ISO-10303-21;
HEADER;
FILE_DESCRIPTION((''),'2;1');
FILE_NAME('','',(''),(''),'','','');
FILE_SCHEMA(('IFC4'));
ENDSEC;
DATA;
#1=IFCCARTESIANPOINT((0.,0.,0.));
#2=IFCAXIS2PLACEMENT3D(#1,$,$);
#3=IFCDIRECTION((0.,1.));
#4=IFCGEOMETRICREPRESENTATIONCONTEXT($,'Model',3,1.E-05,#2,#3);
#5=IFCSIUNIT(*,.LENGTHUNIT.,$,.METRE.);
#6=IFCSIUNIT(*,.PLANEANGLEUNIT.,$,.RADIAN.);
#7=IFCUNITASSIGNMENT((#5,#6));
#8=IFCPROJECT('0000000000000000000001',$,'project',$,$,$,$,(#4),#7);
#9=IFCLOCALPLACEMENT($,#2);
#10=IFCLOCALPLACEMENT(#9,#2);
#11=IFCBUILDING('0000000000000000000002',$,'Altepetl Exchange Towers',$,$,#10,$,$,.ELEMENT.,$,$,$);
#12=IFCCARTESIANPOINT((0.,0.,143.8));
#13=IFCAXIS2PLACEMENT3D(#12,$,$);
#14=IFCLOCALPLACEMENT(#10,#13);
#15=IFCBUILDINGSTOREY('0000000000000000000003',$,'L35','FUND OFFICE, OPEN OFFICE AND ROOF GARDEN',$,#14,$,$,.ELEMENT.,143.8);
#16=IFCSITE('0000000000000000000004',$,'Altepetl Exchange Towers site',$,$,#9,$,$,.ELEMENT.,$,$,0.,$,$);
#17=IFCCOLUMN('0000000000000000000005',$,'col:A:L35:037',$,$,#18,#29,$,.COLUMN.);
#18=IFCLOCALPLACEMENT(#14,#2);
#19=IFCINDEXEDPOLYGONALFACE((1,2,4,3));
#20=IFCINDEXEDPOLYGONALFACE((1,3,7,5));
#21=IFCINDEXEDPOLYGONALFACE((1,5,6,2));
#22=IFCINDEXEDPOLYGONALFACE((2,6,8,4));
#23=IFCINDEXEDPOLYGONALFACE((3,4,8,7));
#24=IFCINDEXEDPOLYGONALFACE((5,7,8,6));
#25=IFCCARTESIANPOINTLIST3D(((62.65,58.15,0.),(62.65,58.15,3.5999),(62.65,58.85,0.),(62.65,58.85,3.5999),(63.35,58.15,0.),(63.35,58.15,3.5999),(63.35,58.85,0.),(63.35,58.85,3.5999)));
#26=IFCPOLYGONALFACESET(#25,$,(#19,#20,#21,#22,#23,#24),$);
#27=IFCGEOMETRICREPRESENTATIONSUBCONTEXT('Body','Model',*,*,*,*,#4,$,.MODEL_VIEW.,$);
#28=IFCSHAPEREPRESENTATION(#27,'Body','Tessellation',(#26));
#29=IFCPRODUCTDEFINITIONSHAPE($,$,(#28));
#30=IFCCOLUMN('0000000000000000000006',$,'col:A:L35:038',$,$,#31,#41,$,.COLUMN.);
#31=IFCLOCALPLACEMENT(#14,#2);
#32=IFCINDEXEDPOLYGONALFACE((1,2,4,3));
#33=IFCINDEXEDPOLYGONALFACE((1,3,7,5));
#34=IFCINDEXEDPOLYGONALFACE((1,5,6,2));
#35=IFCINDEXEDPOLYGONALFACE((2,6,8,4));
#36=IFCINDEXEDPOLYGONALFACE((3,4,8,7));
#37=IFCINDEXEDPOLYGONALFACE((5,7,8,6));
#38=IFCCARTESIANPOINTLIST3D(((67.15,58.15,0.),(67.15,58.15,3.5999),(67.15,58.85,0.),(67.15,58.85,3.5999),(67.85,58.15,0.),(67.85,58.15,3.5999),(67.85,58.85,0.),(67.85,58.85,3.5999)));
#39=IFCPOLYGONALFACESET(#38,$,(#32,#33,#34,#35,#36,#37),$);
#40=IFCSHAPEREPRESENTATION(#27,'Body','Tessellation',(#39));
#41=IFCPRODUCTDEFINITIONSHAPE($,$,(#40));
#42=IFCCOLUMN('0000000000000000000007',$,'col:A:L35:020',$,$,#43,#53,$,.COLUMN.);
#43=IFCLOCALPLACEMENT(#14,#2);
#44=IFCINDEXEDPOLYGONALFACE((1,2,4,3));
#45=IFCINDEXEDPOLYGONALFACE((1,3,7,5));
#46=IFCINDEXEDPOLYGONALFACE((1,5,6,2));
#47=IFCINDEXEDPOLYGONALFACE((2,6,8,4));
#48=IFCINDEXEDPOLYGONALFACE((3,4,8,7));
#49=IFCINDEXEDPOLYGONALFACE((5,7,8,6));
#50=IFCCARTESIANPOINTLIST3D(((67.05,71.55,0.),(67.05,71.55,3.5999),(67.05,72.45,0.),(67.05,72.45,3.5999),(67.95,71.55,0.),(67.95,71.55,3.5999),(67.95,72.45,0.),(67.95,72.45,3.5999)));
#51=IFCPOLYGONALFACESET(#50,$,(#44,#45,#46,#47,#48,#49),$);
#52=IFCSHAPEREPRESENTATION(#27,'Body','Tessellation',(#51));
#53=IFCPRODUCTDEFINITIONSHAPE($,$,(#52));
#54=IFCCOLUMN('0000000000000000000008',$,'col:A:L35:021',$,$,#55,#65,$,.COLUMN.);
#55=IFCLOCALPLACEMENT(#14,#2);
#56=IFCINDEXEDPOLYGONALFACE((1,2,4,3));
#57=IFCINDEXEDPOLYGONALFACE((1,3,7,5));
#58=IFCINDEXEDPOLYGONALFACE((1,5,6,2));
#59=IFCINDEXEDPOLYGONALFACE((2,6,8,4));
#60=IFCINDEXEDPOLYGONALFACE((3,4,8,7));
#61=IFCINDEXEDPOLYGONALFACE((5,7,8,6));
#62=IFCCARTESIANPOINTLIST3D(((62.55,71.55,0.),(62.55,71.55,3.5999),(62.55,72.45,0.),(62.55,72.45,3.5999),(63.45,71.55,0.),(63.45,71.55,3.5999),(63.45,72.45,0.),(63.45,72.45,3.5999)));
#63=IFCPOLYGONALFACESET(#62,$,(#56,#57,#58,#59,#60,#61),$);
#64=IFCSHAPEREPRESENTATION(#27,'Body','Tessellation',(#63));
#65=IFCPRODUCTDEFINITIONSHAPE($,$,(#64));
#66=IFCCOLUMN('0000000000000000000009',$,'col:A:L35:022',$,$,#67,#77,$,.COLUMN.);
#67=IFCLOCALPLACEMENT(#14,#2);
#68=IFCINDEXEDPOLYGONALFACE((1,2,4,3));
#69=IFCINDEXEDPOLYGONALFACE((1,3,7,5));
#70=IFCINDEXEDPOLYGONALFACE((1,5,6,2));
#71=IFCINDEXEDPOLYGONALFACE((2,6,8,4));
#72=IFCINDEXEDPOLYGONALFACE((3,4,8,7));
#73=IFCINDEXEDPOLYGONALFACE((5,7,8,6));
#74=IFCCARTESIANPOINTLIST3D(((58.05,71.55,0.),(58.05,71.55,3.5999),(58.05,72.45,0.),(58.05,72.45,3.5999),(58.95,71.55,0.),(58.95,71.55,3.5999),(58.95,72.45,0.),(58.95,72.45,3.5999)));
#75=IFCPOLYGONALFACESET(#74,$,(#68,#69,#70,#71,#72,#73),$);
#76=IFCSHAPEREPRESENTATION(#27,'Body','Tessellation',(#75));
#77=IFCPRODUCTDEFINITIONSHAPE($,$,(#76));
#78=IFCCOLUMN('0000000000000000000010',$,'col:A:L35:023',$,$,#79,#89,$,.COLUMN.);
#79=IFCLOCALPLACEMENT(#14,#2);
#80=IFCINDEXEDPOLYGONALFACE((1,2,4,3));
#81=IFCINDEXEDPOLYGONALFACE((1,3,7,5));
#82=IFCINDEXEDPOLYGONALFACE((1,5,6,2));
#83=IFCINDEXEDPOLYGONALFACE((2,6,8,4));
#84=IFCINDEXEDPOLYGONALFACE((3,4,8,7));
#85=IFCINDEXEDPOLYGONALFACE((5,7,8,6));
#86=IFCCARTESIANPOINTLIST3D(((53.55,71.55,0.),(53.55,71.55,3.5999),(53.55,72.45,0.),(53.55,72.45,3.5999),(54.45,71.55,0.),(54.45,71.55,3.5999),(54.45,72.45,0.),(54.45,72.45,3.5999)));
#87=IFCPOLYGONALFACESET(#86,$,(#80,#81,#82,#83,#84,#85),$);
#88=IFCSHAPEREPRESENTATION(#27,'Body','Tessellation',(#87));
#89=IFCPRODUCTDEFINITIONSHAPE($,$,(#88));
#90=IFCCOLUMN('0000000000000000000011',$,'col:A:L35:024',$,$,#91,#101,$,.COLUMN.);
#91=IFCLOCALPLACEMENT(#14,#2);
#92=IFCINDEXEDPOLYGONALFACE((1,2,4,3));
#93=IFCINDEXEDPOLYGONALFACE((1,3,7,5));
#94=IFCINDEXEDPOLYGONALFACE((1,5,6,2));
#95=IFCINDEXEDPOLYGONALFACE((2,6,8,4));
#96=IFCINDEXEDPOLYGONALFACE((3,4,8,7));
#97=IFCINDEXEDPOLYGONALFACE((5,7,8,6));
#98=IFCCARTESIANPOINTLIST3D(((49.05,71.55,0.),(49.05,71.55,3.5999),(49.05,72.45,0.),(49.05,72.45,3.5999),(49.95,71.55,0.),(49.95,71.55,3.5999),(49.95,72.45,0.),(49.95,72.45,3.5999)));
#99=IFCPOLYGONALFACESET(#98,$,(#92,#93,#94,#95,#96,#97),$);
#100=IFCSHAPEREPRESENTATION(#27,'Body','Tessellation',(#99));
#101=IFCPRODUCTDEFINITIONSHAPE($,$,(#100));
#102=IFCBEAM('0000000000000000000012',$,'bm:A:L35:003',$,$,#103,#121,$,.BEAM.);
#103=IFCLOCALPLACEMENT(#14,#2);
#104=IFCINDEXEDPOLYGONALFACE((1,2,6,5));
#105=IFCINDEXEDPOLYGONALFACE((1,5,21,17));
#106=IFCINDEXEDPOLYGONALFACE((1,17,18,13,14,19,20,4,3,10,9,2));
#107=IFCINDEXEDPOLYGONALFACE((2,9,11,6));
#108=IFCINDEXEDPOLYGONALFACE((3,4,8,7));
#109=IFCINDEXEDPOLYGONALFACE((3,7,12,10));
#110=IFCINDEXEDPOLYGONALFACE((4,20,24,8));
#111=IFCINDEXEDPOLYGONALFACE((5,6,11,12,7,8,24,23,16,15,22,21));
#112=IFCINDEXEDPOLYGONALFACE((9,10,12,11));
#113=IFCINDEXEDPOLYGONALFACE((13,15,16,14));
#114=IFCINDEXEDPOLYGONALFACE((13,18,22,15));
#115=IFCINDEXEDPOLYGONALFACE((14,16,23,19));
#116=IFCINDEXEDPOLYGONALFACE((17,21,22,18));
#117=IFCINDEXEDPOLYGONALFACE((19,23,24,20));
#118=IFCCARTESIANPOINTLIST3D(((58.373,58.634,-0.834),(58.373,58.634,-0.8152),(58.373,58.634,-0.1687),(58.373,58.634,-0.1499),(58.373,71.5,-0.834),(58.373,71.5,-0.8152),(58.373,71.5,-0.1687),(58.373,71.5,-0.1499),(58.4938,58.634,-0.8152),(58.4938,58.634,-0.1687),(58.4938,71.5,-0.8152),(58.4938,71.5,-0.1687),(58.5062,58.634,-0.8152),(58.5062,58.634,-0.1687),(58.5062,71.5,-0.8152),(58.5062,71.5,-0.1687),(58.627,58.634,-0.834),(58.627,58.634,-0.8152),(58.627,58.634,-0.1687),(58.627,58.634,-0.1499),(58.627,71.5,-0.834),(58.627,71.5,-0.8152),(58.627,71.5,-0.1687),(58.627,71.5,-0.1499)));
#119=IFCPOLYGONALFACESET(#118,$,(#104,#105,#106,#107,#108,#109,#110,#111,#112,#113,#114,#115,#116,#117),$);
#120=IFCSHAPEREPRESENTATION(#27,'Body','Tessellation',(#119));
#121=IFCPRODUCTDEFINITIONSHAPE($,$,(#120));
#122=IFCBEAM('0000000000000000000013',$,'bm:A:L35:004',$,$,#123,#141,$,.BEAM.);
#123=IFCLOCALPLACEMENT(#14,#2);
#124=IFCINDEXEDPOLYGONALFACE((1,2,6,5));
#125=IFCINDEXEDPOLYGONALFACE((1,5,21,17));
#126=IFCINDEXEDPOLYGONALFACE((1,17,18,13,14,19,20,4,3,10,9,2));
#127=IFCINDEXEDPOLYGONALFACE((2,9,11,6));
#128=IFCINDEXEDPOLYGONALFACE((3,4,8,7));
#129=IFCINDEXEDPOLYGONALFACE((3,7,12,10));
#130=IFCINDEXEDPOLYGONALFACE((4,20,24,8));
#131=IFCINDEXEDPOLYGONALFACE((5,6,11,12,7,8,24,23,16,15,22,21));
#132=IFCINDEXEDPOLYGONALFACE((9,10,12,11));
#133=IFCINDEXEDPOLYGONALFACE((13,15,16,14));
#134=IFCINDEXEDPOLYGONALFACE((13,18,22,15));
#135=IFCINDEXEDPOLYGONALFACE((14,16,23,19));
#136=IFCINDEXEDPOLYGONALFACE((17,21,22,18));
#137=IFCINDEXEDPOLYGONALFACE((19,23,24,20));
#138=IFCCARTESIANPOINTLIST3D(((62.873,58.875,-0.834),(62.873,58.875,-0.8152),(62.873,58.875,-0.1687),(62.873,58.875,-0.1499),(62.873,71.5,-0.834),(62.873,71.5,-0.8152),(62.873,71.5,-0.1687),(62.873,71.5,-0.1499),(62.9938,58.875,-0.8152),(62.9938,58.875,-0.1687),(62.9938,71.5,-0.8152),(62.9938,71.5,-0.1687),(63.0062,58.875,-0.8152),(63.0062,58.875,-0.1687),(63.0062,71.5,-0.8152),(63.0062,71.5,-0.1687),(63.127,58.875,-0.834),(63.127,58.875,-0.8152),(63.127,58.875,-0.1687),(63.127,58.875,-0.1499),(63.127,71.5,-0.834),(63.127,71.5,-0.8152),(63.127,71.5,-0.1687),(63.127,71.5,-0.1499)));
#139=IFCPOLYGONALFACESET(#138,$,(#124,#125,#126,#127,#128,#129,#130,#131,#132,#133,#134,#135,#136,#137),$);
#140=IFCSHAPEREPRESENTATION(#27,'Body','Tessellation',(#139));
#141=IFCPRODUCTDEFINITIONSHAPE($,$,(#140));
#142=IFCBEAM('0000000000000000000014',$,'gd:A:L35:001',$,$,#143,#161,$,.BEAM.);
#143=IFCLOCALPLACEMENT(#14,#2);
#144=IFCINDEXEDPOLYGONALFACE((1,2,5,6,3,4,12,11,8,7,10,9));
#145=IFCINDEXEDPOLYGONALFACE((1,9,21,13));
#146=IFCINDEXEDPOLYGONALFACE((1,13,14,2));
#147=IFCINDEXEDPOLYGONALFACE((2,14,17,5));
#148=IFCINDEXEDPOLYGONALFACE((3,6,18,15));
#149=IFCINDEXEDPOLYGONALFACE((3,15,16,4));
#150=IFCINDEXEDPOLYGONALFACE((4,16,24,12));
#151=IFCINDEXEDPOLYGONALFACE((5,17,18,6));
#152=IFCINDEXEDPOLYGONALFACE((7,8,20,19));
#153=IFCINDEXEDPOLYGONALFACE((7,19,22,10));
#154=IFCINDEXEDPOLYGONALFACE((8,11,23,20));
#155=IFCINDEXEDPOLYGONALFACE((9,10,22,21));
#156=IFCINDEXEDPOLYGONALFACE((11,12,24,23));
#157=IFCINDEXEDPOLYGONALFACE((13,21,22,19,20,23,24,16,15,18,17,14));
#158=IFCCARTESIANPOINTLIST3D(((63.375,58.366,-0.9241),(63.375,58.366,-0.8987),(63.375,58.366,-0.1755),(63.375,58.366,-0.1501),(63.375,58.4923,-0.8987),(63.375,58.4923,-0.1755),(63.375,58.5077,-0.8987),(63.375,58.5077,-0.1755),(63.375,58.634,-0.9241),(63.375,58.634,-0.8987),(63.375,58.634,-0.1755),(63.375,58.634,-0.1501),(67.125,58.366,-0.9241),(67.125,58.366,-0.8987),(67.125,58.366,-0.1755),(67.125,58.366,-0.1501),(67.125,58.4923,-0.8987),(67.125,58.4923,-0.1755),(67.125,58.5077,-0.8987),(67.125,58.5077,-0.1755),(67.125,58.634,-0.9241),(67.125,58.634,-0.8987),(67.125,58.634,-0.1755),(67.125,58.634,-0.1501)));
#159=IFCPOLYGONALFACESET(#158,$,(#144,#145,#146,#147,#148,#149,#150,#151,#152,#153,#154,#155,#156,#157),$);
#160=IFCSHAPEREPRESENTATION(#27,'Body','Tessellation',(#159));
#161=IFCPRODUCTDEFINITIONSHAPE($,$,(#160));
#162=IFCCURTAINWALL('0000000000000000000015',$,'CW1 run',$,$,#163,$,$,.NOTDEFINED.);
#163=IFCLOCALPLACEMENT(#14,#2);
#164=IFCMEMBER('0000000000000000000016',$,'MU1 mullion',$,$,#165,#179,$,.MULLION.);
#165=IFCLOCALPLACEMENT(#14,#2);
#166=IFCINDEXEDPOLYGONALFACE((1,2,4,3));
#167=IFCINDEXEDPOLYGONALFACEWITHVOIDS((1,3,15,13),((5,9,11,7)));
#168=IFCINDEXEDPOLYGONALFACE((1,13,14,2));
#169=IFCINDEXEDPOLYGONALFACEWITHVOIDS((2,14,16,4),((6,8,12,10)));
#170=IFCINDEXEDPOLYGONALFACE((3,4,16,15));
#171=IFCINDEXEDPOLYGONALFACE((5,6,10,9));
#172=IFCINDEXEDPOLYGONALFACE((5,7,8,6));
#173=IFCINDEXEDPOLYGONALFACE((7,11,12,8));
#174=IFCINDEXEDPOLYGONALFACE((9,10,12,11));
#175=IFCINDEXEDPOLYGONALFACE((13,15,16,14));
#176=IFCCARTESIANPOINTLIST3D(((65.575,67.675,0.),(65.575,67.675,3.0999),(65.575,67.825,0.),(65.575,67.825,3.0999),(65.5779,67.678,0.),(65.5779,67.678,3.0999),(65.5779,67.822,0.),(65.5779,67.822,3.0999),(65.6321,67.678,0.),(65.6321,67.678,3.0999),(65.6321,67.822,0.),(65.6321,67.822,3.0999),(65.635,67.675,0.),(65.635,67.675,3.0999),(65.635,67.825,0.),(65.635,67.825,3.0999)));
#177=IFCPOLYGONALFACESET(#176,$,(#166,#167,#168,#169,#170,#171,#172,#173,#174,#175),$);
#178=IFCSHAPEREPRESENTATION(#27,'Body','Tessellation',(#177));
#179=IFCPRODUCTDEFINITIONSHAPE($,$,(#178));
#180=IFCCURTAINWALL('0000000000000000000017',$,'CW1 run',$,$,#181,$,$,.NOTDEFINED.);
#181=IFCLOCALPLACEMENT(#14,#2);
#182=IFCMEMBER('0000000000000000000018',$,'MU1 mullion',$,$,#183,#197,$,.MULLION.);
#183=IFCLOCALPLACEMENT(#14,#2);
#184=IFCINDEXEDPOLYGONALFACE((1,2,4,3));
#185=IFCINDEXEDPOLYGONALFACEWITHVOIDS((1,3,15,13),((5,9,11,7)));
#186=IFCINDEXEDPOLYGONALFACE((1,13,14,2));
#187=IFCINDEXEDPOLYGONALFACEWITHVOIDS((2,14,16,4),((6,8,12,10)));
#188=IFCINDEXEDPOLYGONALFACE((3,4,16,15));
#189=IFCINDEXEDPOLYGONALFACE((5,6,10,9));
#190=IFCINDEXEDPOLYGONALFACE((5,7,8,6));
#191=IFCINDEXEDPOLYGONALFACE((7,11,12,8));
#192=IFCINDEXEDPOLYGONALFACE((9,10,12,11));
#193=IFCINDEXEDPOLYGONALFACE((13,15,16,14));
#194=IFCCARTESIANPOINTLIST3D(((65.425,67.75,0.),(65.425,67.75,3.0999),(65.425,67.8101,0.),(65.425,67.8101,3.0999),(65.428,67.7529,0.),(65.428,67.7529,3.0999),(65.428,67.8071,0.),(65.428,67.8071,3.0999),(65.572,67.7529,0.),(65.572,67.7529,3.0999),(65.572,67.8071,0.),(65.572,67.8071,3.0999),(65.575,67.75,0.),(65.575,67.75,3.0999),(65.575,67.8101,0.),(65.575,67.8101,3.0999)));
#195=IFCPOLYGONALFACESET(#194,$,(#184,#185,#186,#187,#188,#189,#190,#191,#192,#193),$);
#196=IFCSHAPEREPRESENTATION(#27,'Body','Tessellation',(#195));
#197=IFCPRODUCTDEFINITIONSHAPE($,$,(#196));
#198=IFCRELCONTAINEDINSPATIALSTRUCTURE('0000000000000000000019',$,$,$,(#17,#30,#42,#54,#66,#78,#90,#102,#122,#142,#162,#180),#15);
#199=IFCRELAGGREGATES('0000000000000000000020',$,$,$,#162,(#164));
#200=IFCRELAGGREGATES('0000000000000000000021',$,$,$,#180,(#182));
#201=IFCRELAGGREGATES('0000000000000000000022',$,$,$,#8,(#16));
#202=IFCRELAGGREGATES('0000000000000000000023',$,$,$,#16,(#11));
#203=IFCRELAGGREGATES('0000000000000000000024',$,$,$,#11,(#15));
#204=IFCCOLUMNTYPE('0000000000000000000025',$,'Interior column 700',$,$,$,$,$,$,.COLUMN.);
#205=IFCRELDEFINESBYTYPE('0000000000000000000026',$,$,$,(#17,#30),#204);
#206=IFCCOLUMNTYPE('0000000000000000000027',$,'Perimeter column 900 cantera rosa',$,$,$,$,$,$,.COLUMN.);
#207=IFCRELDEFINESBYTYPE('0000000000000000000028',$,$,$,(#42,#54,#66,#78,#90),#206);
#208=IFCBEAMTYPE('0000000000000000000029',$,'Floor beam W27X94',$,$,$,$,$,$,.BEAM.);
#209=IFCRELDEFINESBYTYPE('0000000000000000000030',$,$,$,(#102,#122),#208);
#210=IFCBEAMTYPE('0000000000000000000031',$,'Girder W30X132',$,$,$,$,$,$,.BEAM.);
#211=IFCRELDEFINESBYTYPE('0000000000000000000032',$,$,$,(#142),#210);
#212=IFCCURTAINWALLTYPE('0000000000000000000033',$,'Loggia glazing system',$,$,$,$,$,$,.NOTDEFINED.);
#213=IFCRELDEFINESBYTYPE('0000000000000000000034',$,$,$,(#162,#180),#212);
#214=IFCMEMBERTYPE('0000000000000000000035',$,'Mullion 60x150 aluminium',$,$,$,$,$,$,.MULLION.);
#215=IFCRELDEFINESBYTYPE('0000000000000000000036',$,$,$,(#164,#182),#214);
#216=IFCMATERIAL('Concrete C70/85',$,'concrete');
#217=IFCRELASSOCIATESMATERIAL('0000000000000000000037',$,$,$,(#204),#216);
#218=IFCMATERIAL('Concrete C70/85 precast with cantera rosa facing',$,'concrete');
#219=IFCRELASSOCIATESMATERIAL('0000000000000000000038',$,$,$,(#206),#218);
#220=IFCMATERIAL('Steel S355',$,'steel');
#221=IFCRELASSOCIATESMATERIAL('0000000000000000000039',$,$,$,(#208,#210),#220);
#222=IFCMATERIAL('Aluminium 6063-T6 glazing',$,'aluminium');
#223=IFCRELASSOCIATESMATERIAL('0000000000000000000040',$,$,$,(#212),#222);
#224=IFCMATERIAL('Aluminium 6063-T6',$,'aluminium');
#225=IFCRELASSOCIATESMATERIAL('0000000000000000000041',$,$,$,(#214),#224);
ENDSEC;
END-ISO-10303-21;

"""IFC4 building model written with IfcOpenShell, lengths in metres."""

from ifc_helpers import new_model, si_unit, direction, frame, origin, origin_2d, place, context, subcontext, project, spatial, rectangle, hollow_rectangle, i_section, extrude, material, material_profile, profile_set, type_object, element, aggregate, save


model = new_model("IFC4")

# Units and contexts
model_context = context("Model", 3, precision=1e-05, world=origin(), true_north=direction((0.0, 1.0)))
body_context = subcontext(model_context, "Body", "Model", "MODEL_VIEW")
ifc_project = project(units=[si_unit("LENGTHUNIT", "METRE"), si_unit("PLANEANGLEUNIT", "RADIAN")], contexts=[model_context])

# Site, building, storey
site_placement = place(None, origin())
site = spatial("IfcSite", under=ifc_project, at=site_placement, Name="Altepetl Exchange Towers site", CompositionType="ELEMENT", RefElevation=0.0)
building_placement = place(site_placement, origin())
building = spatial("IfcBuilding", under=site, at=building_placement, Name="Altepetl Exchange Towers", CompositionType="ELEMENT")
storey_placement = place(building_placement, frame((0.0, 0.0, 143.8)))
storey = spatial("IfcBuildingStorey", under=building, at=storey_placement, Name="L35", Description="FUND OFFICE, OPEN OFFICE AND ROOF GARDEN", CompositionType="ELEMENT", Elevation=143.8)

# Columns
ifc_material_1 = material(Name="Concrete C70/85", Category="concrete")
ifc_material_profile_1 = material_profile(ifc_material_1, rectangle(XDim=0.7, YDim=0.7, at=origin_2d()), Name="700 x 700")
ifc_profile_set_1 = profile_set([ifc_material_profile_1], Name="Concrete C70/85")
column_type_1 = type_object("IfcColumnType", Name="Interior column 700", PredefinedType="COLUMN", material=ifc_profile_set_1)
for number, where, name in (
    (1, (63.0, 58.5, 0.0), "col:A:L35:037"),
    (2, (67.5, 58.5, 0.0), "col:A:L35:038"),
):
    element("IfcColumn", number, at=place(storey_placement, frame(where)), inside=storey, type_object=column_type_1, Name=name, PredefinedType="COLUMN", context=body_context, shape_type="SweptSolid", body=[
        extrude(rectangle(XDim=0.7, YDim=0.7, at=origin_2d()), origin(), (0.0, 0.0, 1.0), 3.5999),
    ])
ifc_material_2 = material(Name="Concrete C70/85 precast with cantera rosa facing", Category="concrete")
ifc_material_profile_2 = material_profile(ifc_material_2, rectangle(XDim=0.8999, YDim=0.8999, at=origin_2d()), Name="900 x 900")
ifc_profile_set_2 = profile_set([ifc_material_profile_2], Name="Concrete C70/85 precast with cantera rosa facing")
column_type_2 = type_object("IfcColumnType", Name="Perimeter column 900 cantera rosa", PredefinedType="COLUMN", material=ifc_profile_set_2)
for number, where, name in (
    (3, (67.5, 72.0, 0.0), "col:A:L35:020"),
    (4, (63.0, 72.0, 0.0), "col:A:L35:021"),
    (5, (58.5, 72.0, 0.0), "col:A:L35:022"),
    (6, (54.0, 72.0, 0.0), "col:A:L35:023"),
    (7, (49.5, 72.0, 0.0), "col:A:L35:024"),
):
    element("IfcColumn", number, at=place(storey_placement, frame(where)), inside=storey, type_object=column_type_2, Name=name, PredefinedType="COLUMN", context=body_context, shape_type="SweptSolid", body=[
        extrude(rectangle(XDim=0.8999, YDim=0.8999, at=origin_2d()), origin(), (0.0, 0.0, 1.0), 3.5999),
    ])

# Beams
ifc_material_3 = material(Name="Steel S355", Category="steel")
ifc_material_profile_3 = material_profile(ifc_material_3, i_section(OverallWidth=0.2539, OverallDepth=0.6841, WebThickness=0.0125, FlangeThickness=0.0188, at=origin_2d()), Name="W27X94")
ifc_profile_set_3 = profile_set([ifc_material_profile_3], Name="Steel S355")
beam_type_1 = type_object("IfcBeamType", Name="Floor beam W27X94", PredefinedType="BEAM", material=ifc_profile_set_3)
beam_1_placement = place(storey_placement, frame((58.5, 58.634, -0.4919), z_axis=(0.0, 1.0, 0.0), x_axis=(-1.0, 0.0, 0.0)))
element("IfcBeam", 8, at=beam_1_placement, inside=storey, type_object=beam_type_1, Name="bm:A:L35:003", PredefinedType="BEAM", context=body_context, shape_type="SweptSolid", body=[
    extrude(i_section(OverallWidth=0.2539, OverallDepth=0.6841, WebThickness=0.0125, FlangeThickness=0.0188, at=origin_2d()), origin(), (0.0, 0.0, 1.0), 12.866),
])
beam_2_placement = place(storey_placement, frame((63.0, 58.875, -0.4919), z_axis=(0.0, 1.0, 0.0), x_axis=(-1.0, 0.0, 0.0)))
element("IfcBeam", 9, at=beam_2_placement, inside=storey, type_object=beam_type_1, Name="bm:A:L35:004", PredefinedType="BEAM", context=body_context, shape_type="SweptSolid", body=[
    extrude(i_section(OverallWidth=0.2539, OverallDepth=0.6841, WebThickness=0.0125, FlangeThickness=0.0188, at=origin_2d()), origin(), (0.0, 0.0, 1.0), 12.625),
])
ifc_material_profile_4 = material_profile(ifc_material_3, i_section(OverallWidth=0.2681, OverallDepth=0.7739, WebThickness=0.0154, FlangeThickness=0.0254, at=origin_2d()), Name="W30X132")
ifc_profile_set_4 = profile_set([ifc_material_profile_4], Name="Steel S355")
beam_type_2 = type_object("IfcBeamType", Name="Girder W30X132", PredefinedType="BEAM", material=ifc_profile_set_4)
beam_3_placement = place(storey_placement, frame((63.375, 58.5, -0.5371), z_axis=(1.0, 0.0, 0.0), x_axis=(0.0, 1.0, 0.0)))
element("IfcBeam", 10, at=beam_3_placement, inside=storey, type_object=beam_type_2, Name="gd:A:L35:001", PredefinedType="BEAM", context=body_context, shape_type="SweptSolid", body=[
    extrude(i_section(OverallWidth=0.2681, OverallDepth=0.7739, WebThickness=0.0154, FlangeThickness=0.0254, at=origin_2d()), origin(), (0.0, 0.0, 1.0), 3.75),
])

# Curtain wall, member
ifc_material_4 = material(Name="Aluminium 6063-T6 glazing", Category="aluminium")
curtain_wall_type = type_object("IfcCurtainWallType", Name="Loggia glazing system", PredefinedType="NOTDEFINED", material=ifc_material_4)
curtain_wall_1_placement = place(storey_placement, origin())
curtain_wall_1 = element("IfcCurtainWall", 11, at=curtain_wall_1_placement, inside=storey, type_object=curtain_wall_type, Name="CW1 run", PredefinedType="NOTDEFINED")
ifc_material_5 = material(Name="Aluminium 6063-T6", Category="aluminium")
ifc_material_profile_5 = material_profile(ifc_material_5, hollow_rectangle(XDim=0.0601, YDim=0.1499, WallThickness=0.0029, at=origin_2d()), Name="Mullion 60x150 aluminium")
ifc_profile_set_5 = profile_set([ifc_material_profile_5], Name="Aluminium 6063-T6")
member_type = type_object("IfcMemberType", Name="Mullion 60x150 aluminium", PredefinedType="MULLION", material=ifc_profile_set_5)
member_1_placement = place(storey_placement, frame((65.605, 67.75, 0.0), z_axis=(0.0, 0.0, 1.0), x_axis=(-1.0, 0.0, 0.0)))
member_1 = element("IfcMember", 12, at=member_1_placement, type_object=member_type, Name="MU1 mullion", PredefinedType="MULLION", context=body_context, shape_type="SweptSolid", body=[
    extrude(hollow_rectangle(XDim=0.0601, YDim=0.1499, WallThickness=0.0029, at=origin_2d()), origin(), (0.0, 0.0, 1.0), 3.0999),
])

# Curtain wall, member
curtain_wall_2_placement = place(storey_placement, origin())
curtain_wall_2 = element("IfcCurtainWall", 13, at=curtain_wall_2_placement, inside=storey, type_object=curtain_wall_type, Name="CW1 run", PredefinedType="NOTDEFINED")
member_2_placement = place(storey_placement, frame((65.5, 67.78, 0.0), z_axis=(0.0, 0.0, 1.0), x_axis=(0.0, 1.0, 0.0)))
member_2 = element("IfcMember", 14, at=member_2_placement, type_object=member_type, Name="MU1 mullion", PredefinedType="MULLION", context=body_context, shape_type="SweptSolid", body=[
    extrude(hollow_rectangle(XDim=0.0601, YDim=0.1499, WallThickness=0.0029, at=origin_2d()), origin(), (0.0, 0.0, 1.0), 3.0999),
])

aggregate(curtain_wall_1, [member_1])
aggregate(curtain_wall_2, [member_2])

save(model, "model.ifc")
